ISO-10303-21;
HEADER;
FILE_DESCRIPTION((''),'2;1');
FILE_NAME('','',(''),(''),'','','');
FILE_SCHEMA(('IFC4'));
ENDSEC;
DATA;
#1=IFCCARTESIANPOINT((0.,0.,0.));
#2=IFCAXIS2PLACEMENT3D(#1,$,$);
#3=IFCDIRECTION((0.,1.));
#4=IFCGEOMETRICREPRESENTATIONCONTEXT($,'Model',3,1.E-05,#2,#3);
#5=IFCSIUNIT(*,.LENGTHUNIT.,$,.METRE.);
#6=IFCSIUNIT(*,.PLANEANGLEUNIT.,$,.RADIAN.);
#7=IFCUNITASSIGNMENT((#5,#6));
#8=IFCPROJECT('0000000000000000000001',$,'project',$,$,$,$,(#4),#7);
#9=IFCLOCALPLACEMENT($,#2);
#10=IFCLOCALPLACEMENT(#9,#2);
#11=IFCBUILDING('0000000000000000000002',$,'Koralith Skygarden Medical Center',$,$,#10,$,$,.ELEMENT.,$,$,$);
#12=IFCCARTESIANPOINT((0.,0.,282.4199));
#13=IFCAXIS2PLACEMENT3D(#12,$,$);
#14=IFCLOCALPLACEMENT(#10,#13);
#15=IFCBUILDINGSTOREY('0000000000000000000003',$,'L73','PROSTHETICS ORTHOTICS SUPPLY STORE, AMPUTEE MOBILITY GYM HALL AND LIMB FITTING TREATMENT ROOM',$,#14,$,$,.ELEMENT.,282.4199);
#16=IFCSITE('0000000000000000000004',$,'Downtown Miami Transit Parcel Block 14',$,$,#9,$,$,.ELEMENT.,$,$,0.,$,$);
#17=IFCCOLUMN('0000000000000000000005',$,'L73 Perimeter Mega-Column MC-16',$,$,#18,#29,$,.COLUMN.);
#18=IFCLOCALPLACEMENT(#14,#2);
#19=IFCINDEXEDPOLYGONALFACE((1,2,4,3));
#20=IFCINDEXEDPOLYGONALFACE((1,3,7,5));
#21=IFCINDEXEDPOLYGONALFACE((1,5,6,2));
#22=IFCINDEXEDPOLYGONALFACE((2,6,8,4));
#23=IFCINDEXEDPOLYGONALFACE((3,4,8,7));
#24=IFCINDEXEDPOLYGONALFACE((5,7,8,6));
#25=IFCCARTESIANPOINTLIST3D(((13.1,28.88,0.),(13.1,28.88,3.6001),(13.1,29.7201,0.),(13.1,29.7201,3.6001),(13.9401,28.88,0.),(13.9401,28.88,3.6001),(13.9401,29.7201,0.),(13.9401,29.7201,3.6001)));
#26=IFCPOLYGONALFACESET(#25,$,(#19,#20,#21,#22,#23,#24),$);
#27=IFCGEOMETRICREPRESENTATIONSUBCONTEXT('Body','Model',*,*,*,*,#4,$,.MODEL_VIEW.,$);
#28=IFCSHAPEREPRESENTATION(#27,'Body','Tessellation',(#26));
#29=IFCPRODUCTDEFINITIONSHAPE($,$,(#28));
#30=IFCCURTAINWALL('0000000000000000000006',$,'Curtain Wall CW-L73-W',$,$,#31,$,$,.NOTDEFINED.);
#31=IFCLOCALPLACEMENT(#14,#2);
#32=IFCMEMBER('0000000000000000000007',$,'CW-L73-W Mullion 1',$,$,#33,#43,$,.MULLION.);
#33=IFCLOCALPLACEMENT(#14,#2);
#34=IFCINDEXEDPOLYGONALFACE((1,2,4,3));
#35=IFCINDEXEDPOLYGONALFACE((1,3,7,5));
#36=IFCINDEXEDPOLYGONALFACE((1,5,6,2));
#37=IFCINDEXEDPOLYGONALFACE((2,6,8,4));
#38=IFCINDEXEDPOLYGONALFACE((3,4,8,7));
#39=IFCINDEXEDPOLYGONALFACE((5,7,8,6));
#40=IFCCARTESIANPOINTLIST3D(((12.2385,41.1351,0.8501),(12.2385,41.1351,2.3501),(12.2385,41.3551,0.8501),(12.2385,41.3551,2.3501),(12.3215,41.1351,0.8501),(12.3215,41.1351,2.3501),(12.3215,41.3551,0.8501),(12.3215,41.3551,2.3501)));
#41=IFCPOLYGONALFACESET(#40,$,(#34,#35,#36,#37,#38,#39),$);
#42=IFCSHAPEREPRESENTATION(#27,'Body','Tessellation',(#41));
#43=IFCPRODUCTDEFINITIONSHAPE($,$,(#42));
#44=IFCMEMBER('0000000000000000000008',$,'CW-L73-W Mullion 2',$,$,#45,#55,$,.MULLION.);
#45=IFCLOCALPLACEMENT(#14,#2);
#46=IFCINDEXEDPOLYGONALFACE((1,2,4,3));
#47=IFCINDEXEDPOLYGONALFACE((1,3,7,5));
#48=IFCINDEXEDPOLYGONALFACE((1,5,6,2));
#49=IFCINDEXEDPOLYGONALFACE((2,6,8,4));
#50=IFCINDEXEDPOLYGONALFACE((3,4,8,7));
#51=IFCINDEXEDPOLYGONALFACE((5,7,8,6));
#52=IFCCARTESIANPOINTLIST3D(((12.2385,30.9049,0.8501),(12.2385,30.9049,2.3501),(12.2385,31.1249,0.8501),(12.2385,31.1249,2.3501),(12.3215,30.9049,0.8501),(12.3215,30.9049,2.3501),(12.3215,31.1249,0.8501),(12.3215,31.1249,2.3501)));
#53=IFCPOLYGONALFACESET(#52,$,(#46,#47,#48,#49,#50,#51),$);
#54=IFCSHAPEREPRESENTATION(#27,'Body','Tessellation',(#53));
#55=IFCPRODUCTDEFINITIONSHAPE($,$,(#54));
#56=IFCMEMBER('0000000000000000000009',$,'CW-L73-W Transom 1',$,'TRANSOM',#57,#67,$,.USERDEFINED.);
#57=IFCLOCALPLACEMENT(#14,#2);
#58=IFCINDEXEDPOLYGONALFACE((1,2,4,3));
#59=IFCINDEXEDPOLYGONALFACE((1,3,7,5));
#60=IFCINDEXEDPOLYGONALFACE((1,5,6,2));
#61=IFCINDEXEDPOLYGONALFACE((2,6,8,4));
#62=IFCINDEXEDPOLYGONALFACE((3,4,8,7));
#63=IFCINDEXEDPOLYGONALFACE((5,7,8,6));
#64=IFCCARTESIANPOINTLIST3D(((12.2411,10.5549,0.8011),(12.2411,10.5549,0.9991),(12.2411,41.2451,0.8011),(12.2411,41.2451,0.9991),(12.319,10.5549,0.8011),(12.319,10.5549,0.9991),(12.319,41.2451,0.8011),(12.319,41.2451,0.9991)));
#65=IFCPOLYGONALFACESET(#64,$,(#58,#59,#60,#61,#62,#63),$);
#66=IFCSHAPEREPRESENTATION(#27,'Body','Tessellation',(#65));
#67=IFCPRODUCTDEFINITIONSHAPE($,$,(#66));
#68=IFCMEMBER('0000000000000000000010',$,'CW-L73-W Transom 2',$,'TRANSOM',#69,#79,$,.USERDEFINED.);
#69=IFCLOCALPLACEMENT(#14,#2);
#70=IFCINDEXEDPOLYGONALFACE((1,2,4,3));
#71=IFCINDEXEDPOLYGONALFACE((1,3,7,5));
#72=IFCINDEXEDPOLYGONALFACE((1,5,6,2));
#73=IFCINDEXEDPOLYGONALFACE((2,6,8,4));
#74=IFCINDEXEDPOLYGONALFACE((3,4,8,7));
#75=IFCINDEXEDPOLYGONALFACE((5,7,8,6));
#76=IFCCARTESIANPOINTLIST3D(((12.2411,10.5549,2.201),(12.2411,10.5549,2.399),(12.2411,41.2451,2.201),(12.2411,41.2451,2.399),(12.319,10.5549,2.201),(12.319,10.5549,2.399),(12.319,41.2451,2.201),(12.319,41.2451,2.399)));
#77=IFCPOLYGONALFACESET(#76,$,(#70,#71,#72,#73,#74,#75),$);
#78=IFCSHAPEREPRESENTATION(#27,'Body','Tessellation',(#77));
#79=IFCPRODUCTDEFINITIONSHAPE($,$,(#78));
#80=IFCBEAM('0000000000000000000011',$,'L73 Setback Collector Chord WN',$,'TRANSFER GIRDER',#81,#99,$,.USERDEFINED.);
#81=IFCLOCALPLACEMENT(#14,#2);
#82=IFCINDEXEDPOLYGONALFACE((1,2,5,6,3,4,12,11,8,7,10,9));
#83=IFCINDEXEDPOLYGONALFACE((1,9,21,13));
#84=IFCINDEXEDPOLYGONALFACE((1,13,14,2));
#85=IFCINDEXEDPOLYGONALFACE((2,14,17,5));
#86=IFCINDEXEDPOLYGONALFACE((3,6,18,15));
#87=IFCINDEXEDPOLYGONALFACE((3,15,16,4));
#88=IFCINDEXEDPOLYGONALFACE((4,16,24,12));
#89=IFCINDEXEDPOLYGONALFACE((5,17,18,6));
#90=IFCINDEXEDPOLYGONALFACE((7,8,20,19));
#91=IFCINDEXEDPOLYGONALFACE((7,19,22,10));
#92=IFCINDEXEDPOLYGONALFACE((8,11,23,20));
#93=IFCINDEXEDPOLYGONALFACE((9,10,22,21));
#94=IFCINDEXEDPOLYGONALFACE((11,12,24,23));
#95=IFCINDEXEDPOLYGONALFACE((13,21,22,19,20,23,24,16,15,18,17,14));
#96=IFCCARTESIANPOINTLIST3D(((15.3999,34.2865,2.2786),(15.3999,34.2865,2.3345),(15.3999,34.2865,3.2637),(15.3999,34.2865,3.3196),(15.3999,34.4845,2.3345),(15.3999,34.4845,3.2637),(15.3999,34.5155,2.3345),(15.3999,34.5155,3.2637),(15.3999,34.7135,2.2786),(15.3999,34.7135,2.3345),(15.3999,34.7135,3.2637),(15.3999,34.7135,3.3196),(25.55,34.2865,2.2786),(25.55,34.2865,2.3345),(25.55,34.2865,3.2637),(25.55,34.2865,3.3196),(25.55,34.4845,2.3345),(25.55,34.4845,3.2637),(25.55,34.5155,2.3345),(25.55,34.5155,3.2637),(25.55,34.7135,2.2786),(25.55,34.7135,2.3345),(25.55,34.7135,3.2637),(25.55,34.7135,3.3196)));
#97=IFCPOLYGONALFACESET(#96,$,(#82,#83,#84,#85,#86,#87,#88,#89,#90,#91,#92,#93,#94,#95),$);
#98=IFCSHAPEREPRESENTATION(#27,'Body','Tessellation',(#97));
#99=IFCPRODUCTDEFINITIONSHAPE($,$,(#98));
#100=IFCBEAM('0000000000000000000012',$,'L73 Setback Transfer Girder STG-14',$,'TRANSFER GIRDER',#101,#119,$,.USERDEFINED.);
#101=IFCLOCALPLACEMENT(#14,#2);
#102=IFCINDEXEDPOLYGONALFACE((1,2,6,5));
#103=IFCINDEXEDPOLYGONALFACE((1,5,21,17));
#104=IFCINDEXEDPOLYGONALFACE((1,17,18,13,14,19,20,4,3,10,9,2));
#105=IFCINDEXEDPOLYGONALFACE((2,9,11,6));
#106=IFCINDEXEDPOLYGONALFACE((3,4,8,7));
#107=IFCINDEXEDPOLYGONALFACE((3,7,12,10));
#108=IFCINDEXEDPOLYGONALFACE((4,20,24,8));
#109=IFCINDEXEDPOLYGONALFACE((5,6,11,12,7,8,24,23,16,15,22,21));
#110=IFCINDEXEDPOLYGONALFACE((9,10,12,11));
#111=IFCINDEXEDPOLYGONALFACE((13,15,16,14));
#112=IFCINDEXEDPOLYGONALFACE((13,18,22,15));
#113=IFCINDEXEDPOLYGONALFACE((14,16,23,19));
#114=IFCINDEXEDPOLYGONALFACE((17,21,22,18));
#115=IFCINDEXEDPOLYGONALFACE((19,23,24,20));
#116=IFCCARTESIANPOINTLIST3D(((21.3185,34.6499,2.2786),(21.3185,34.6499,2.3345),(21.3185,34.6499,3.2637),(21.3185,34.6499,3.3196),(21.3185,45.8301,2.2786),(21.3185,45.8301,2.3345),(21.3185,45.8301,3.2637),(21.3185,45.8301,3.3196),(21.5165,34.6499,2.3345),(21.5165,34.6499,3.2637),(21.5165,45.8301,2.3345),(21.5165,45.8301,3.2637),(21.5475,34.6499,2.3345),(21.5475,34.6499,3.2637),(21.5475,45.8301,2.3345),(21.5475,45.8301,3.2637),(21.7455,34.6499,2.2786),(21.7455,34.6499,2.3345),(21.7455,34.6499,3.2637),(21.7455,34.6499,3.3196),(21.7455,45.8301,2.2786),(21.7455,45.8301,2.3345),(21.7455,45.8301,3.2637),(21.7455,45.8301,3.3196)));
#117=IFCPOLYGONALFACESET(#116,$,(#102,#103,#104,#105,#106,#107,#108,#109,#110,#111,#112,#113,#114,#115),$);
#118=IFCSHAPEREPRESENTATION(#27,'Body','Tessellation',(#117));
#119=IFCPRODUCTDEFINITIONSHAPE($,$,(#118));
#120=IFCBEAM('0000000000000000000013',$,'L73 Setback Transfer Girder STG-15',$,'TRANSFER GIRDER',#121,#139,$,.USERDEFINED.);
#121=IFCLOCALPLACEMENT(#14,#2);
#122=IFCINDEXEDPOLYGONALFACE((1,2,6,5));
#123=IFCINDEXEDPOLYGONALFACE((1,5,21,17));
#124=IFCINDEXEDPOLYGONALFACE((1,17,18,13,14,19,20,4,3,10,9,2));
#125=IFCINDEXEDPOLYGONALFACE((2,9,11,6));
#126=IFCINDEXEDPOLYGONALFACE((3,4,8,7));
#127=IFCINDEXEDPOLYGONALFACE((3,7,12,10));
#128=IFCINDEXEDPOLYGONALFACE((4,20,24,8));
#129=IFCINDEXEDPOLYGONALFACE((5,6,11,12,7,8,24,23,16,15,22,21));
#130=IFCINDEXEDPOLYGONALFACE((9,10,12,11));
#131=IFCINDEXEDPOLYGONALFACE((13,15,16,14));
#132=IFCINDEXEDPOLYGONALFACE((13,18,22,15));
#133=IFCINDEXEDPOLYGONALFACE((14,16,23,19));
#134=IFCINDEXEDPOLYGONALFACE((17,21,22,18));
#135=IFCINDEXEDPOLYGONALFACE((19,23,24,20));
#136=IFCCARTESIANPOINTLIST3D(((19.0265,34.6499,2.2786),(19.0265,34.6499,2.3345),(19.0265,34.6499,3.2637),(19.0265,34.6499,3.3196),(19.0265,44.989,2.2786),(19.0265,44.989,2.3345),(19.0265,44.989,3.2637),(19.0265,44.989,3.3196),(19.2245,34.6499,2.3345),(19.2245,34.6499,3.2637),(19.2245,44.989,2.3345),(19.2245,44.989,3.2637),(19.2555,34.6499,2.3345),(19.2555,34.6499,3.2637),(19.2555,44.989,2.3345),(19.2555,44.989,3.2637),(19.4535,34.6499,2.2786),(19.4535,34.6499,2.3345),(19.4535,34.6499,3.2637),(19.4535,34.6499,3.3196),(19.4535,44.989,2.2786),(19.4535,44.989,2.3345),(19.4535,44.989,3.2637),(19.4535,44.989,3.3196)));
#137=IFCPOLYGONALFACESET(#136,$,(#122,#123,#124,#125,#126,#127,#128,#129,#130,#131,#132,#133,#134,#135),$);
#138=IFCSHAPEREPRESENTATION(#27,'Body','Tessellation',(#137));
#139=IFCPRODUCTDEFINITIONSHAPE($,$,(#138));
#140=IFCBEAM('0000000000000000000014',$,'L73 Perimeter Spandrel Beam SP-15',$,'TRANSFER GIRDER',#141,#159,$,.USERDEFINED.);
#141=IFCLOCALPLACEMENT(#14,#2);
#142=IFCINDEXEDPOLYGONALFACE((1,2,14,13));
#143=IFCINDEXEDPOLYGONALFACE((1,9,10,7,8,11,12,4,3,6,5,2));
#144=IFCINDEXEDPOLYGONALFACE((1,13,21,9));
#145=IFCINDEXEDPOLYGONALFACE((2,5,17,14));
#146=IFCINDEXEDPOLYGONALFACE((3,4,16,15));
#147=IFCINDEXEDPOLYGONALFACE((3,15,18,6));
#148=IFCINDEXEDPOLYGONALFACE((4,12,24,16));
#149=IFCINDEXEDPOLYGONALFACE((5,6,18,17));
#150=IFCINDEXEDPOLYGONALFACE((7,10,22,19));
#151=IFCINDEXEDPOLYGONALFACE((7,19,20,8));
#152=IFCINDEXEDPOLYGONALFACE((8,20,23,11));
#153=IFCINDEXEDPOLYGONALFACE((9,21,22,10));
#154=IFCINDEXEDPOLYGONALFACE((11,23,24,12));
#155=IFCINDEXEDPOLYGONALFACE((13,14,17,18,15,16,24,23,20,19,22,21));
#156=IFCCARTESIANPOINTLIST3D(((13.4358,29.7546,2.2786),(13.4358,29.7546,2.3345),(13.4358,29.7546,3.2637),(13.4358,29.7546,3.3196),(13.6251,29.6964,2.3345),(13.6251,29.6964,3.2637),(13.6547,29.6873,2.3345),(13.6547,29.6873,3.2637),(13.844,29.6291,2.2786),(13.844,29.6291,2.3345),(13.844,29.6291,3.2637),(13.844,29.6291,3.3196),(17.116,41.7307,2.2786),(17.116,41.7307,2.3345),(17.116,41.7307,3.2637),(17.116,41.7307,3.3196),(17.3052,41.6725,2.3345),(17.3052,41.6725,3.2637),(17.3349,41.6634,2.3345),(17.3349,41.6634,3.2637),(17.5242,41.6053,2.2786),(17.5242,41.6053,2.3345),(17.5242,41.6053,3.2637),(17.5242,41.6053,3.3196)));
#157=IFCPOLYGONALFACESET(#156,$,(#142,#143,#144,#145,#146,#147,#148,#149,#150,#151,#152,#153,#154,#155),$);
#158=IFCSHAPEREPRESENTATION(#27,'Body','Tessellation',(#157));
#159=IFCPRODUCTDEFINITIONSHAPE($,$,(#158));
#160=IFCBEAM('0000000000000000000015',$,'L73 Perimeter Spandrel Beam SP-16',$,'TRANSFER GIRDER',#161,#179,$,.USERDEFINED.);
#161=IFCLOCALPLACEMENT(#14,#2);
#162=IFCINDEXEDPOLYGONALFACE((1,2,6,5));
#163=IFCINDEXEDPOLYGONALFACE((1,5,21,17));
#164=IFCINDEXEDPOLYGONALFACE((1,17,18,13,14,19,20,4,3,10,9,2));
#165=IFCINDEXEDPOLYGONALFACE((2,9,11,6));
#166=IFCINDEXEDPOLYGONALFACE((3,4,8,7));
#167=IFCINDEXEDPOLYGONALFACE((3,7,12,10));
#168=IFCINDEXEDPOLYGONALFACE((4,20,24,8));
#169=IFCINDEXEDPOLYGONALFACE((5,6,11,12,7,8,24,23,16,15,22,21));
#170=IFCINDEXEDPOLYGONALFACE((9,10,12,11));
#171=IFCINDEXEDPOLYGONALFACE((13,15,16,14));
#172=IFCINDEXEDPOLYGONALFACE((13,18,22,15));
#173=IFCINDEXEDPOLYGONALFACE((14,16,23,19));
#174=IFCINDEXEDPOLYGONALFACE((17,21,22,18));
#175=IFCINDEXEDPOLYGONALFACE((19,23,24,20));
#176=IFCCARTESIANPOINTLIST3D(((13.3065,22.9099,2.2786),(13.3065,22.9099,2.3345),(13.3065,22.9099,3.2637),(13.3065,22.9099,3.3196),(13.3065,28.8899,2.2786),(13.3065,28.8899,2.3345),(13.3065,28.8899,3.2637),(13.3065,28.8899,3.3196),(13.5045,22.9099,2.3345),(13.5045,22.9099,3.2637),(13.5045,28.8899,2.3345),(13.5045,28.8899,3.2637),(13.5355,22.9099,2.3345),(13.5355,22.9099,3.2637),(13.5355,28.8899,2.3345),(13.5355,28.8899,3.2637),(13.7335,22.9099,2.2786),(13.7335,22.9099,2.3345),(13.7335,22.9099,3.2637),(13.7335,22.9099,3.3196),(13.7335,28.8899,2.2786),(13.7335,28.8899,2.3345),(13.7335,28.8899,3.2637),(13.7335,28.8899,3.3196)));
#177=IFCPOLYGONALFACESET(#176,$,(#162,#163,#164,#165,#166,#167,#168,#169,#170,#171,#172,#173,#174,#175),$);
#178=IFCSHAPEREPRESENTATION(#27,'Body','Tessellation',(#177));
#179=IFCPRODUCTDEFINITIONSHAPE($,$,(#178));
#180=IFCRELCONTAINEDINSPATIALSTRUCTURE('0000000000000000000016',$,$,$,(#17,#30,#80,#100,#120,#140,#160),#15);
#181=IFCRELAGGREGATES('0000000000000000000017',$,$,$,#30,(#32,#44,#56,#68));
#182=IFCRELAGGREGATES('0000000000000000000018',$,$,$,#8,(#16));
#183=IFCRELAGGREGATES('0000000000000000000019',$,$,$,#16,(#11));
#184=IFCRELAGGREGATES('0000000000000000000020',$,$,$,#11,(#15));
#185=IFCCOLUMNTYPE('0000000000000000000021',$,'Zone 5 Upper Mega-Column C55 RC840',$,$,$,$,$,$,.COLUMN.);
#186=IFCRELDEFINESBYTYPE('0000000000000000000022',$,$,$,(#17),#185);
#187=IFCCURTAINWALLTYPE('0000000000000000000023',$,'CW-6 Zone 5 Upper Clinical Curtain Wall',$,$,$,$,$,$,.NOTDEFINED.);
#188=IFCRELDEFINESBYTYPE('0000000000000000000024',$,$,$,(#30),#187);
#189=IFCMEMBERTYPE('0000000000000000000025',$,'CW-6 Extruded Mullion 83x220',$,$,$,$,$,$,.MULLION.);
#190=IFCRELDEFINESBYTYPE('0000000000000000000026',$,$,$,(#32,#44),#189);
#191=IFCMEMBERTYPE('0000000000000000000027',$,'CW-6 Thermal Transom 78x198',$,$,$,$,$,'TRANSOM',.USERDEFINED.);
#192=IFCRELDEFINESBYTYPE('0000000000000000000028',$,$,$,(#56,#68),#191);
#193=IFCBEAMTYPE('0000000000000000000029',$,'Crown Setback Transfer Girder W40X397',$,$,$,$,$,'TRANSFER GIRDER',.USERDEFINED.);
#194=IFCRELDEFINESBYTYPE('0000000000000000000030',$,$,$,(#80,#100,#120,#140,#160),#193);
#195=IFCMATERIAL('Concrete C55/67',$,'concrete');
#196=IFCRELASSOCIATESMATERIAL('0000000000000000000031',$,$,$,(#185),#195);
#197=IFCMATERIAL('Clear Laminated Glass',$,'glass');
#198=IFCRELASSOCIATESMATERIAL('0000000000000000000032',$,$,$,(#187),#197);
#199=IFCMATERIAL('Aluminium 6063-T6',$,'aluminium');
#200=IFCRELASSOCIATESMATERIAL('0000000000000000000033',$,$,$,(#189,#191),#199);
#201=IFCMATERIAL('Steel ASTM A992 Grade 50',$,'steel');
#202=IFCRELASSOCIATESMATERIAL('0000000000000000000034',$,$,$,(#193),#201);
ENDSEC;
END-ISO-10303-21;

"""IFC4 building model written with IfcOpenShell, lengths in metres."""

from ifc_helpers import new_model, si_unit, direction, frame, origin, origin_2d, place, context, subcontext, project, spatial, rectangle, i_section, extrude, material, material_profile, profile_set, type_object, element, aggregate, save


model = new_model("IFC4")

# Units and contexts
model_context = context("Model", 3, precision=1e-05, world=origin(), true_north=direction((0.0, 1.0)))
body_context = subcontext(model_context, "Body", "Model", "MODEL_VIEW")
ifc_project = project(units=[si_unit("LENGTHUNIT", "METRE"), si_unit("PLANEANGLEUNIT", "RADIAN")], contexts=[model_context])

# Site, building, storey
site_placement = place(None, origin())
site = spatial("IfcSite", under=ifc_project, at=site_placement, Name="Downtown Miami Transit Parcel Block 14", CompositionType="ELEMENT", RefElevation=0.0)
building_placement = place(site_placement, origin())
building = spatial("IfcBuilding", under=site, at=building_placement, Name="Koralith Skygarden Medical Center", CompositionType="ELEMENT")
storey_placement = place(building_placement, frame((0.0, 0.0, 282.4199)))
storey = spatial("IfcBuildingStorey", under=building, at=storey_placement, Name="L73", Description="PROSTHETICS ORTHOTICS SUPPLY STORE, AMPUTEE MOBILITY GYM HALL AND LIMB FITTING TREATMENT ROOM", CompositionType="ELEMENT", Elevation=282.4199)

# Column
ifc_material_1 = material(Name="Concrete C55/67", Category="concrete")
ifc_material_profile_1 = material_profile(ifc_material_1, rectangle(XDim=0.8401, YDim=0.8401, at=origin_2d()), Name="RC840X840")
ifc_profile_set_1 = profile_set([ifc_material_profile_1], Name="Concrete C55/67")
column_type = type_object("IfcColumnType", Name="Zone 5 Upper Mega-Column C55 RC840", PredefinedType="COLUMN", material=ifc_profile_set_1)
column_placement = place(storey_placement, frame((13.52, 29.3, 0.0), z_axis=(0.0, 0.0, 1.0), x_axis=(1.0, 0.0, 0.0)))
element("IfcColumn", 1, at=column_placement, inside=storey, type_object=column_type, Name="L73 Perimeter Mega-Column MC-16", PredefinedType="COLUMN", context=body_context, shape_type="SweptSolid", body=[
    extrude(rectangle(XDim=0.8401, YDim=0.8401, at=origin_2d()), origin(), (0.0, 0.0, 1.0), 3.6001),
])

# Curtain wall, members
ifc_material_2 = material(Name="Clear Laminated Glass", Category="glass")
curtain_wall_type = type_object("IfcCurtainWallType", Name="CW-6 Zone 5 Upper Clinical Curtain Wall", PredefinedType="NOTDEFINED", material=ifc_material_2)
curtain_wall_placement = place(storey_placement, origin())
curtain_wall = element("IfcCurtainWall", 2, at=curtain_wall_placement, inside=storey, type_object=curtain_wall_type, Name="Curtain Wall CW-L73-W", PredefinedType="NOTDEFINED")
ifc_material_3 = material(Name="Aluminium 6063-T6", Category="aluminium")
ifc_material_profile_2 = material_profile(ifc_material_3, rectangle(XDim=0.083, YDim=0.22, at=origin_2d()), Name="MUL83X220")
ifc_profile_set_2 = profile_set([ifc_material_profile_2], Name="Aluminium 6063-T6")
member_type_1 = type_object("IfcMemberType", Name="CW-6 Extruded Mullion 83x220", PredefinedType="MULLION", material=ifc_profile_set_2)
member_1_placement = place(storey_placement, frame((12.28, 41.2451, 0.8501), z_axis=(0.0, 0.0, 1.0), x_axis=(1.0, 0.0, 0.0)))
member_1 = element("IfcMember", 3, at=member_1_placement, type_object=member_type_1, Name="CW-L73-W Mullion 1", PredefinedType="MULLION", context=body_context, shape_type="SweptSolid", body=[
    extrude(rectangle(XDim=0.083, YDim=0.22, at=origin_2d()), origin(), (0.0, 0.0, 1.0), 1.5),
])
member_2_placement = place(storey_placement, frame((12.28, 31.0149, 0.8501), z_axis=(0.0, 0.0, 1.0), x_axis=(1.0, 0.0, 0.0)))
member_2 = element("IfcMember", 4, at=member_2_placement, type_object=member_type_1, Name="CW-L73-W Mullion 2", PredefinedType="MULLION", context=body_context, shape_type="SweptSolid", body=[
    extrude(rectangle(XDim=0.083, YDim=0.22, at=origin_2d()), origin(), (0.0, 0.0, 1.0), 1.5),
])
ifc_material_profile_3 = material_profile(ifc_material_3, rectangle(XDim=0.0779, YDim=0.198, at=origin_2d()), Name="TRN78X198")
ifc_profile_set_3 = profile_set([ifc_material_profile_3], Name="Aluminium 6063-T6")
member_type_2 = type_object("IfcMemberType", Name="CW-6 Thermal Transom 78x198", ElementType="TRANSOM", PredefinedType="USERDEFINED", material=ifc_profile_set_3)
member_3_placement = place(storey_placement, frame((12.28, 41.2451, 0.9001), z_axis=(0.0, -1.0, 0.0), x_axis=(1.0, 0.0, 0.0)))
member_3 = element("IfcMember", 5, at=member_3_placement, type_object=member_type_2, Name="CW-L73-W Transom 1", ObjectType="TRANSOM", PredefinedType="USERDEFINED", context=body_context, shape_type="SweptSolid", body=[
    extrude(rectangle(XDim=0.0779, YDim=0.198, at=origin_2d()), origin(), (0.0, 0.0, 1.0), 30.6902),
])
member_4_placement = place(storey_placement, frame((12.28, 41.2451, 2.3), z_axis=(0.0, -1.0, 0.0), x_axis=(1.0, 0.0, 0.0)))
member_4 = element("IfcMember", 6, at=member_4_placement, type_object=member_type_2, Name="CW-L73-W Transom 2", ObjectType="TRANSOM", PredefinedType="USERDEFINED", context=body_context, shape_type="SweptSolid", body=[
    extrude(rectangle(XDim=0.0779, YDim=0.198, at=origin_2d()), origin(), (0.0, 0.0, 1.0), 30.6902),
])

# Beams
ifc_material_4 = material(Name="Steel ASTM A992 Grade 50", Category="steel")
ifc_material_profile_4 = material_profile(ifc_material_4, i_section(OverallWidth=0.427, OverallDepth=1.041, WebThickness=0.031, FlangeThickness=0.0559, at=origin_2d()), Name="W40X397")
ifc_profile_set_4 = profile_set([ifc_material_profile_4], Name="Steel ASTM A992 Grade 50")
beam_type = type_object("IfcBeamType", Name="Crown Setback Transfer Girder W40X397", ElementType="TRANSFER GIRDER", PredefinedType="USERDEFINED", material=ifc_profile_set_4)
beam_1_placement = place(storey_placement, frame((15.3999, 34.5, 2.7991), z_axis=(1.0, 0.0, 0.0), x_axis=(0.0, 1.0, 0.0)))
element("IfcBeam", 7, at=beam_1_placement, inside=storey, type_object=beam_type, Name="L73 Setback Collector Chord WN", ObjectType="TRANSFER GIRDER", PredefinedType="USERDEFINED", context=body_context, shape_type="SweptSolid", body=[
    extrude(i_section(OverallWidth=0.427, OverallDepth=1.041, WebThickness=0.031, FlangeThickness=0.0559, at=origin_2d()), origin(), (0.0, 0.0, 1.0), 10.1501),
])
beam_2_placement = place(storey_placement, frame((21.532, 34.6499, 2.7991), z_axis=(0.0, 1.0, 0.0), x_axis=(-1.0, 0.0, 0.0)))
element("IfcBeam", 8, at=beam_2_placement, inside=storey, type_object=beam_type, Name="L73 Setback Transfer Girder STG-14", ObjectType="TRANSFER GIRDER", PredefinedType="USERDEFINED", context=body_context, shape_type="SweptSolid", body=[
    extrude(i_section(OverallWidth=0.427, OverallDepth=1.041, WebThickness=0.031, FlangeThickness=0.0559, at=origin_2d()), origin(), (0.0, 0.0, 1.0), 11.1802),
])
beam_3_placement = place(storey_placement, frame((19.24, 34.6499, 2.7991), z_axis=(0.0, 1.0, 0.0), x_axis=(-1.0, 0.0, 0.0)))
element("IfcBeam", 9, at=beam_3_placement, inside=storey, type_object=beam_type, Name="L73 Setback Transfer Girder STG-15", ObjectType="TRANSFER GIRDER", PredefinedType="USERDEFINED", context=body_context, shape_type="SweptSolid", body=[
    extrude(i_section(OverallWidth=0.427, OverallDepth=1.041, WebThickness=0.031, FlangeThickness=0.0559, at=origin_2d()), origin(), (0.0, 0.0, 1.0), 10.3391),
])
beam_4_placement = place(storey_placement, frame((17.3201, 41.668, 2.7991), z_axis=(-0.293738, -0.955886, 0.0), x_axis=(0.955886, -0.293738, 0.0)))
element("IfcBeam", 10, at=beam_4_placement, inside=storey, type_object=beam_type, Name="L73 Perimeter Spandrel Beam SP-15", ObjectType="TRANSFER GIRDER", PredefinedType="USERDEFINED", context=body_context, shape_type="SweptSolid", body=[
    extrude(i_section(OverallWidth=0.427, OverallDepth=1.041, WebThickness=0.031, FlangeThickness=0.0559, at=origin_2d()), origin(), (0.0, 0.0, 1.0), 12.5288),
])
beam_5_placement = place(storey_placement, frame((13.52, 28.8899, 2.7991), z_axis=(0.0, -1.0, 0.0), x_axis=(1.0, 0.0, 0.0)))
element("IfcBeam", 11, at=beam_5_placement, inside=storey, type_object=beam_type, Name="L73 Perimeter Spandrel Beam SP-16", ObjectType="TRANSFER GIRDER", PredefinedType="USERDEFINED", context=body_context, shape_type="SweptSolid", body=[
    extrude(i_section(OverallWidth=0.427, OverallDepth=1.041, WebThickness=0.031, FlangeThickness=0.0559, at=origin_2d()), origin(), (0.0, 0.0, 1.0), 5.98),
])

aggregate(curtain_wall, [member_1, member_2, member_3, member_4])

save(model, "model.ifc")
